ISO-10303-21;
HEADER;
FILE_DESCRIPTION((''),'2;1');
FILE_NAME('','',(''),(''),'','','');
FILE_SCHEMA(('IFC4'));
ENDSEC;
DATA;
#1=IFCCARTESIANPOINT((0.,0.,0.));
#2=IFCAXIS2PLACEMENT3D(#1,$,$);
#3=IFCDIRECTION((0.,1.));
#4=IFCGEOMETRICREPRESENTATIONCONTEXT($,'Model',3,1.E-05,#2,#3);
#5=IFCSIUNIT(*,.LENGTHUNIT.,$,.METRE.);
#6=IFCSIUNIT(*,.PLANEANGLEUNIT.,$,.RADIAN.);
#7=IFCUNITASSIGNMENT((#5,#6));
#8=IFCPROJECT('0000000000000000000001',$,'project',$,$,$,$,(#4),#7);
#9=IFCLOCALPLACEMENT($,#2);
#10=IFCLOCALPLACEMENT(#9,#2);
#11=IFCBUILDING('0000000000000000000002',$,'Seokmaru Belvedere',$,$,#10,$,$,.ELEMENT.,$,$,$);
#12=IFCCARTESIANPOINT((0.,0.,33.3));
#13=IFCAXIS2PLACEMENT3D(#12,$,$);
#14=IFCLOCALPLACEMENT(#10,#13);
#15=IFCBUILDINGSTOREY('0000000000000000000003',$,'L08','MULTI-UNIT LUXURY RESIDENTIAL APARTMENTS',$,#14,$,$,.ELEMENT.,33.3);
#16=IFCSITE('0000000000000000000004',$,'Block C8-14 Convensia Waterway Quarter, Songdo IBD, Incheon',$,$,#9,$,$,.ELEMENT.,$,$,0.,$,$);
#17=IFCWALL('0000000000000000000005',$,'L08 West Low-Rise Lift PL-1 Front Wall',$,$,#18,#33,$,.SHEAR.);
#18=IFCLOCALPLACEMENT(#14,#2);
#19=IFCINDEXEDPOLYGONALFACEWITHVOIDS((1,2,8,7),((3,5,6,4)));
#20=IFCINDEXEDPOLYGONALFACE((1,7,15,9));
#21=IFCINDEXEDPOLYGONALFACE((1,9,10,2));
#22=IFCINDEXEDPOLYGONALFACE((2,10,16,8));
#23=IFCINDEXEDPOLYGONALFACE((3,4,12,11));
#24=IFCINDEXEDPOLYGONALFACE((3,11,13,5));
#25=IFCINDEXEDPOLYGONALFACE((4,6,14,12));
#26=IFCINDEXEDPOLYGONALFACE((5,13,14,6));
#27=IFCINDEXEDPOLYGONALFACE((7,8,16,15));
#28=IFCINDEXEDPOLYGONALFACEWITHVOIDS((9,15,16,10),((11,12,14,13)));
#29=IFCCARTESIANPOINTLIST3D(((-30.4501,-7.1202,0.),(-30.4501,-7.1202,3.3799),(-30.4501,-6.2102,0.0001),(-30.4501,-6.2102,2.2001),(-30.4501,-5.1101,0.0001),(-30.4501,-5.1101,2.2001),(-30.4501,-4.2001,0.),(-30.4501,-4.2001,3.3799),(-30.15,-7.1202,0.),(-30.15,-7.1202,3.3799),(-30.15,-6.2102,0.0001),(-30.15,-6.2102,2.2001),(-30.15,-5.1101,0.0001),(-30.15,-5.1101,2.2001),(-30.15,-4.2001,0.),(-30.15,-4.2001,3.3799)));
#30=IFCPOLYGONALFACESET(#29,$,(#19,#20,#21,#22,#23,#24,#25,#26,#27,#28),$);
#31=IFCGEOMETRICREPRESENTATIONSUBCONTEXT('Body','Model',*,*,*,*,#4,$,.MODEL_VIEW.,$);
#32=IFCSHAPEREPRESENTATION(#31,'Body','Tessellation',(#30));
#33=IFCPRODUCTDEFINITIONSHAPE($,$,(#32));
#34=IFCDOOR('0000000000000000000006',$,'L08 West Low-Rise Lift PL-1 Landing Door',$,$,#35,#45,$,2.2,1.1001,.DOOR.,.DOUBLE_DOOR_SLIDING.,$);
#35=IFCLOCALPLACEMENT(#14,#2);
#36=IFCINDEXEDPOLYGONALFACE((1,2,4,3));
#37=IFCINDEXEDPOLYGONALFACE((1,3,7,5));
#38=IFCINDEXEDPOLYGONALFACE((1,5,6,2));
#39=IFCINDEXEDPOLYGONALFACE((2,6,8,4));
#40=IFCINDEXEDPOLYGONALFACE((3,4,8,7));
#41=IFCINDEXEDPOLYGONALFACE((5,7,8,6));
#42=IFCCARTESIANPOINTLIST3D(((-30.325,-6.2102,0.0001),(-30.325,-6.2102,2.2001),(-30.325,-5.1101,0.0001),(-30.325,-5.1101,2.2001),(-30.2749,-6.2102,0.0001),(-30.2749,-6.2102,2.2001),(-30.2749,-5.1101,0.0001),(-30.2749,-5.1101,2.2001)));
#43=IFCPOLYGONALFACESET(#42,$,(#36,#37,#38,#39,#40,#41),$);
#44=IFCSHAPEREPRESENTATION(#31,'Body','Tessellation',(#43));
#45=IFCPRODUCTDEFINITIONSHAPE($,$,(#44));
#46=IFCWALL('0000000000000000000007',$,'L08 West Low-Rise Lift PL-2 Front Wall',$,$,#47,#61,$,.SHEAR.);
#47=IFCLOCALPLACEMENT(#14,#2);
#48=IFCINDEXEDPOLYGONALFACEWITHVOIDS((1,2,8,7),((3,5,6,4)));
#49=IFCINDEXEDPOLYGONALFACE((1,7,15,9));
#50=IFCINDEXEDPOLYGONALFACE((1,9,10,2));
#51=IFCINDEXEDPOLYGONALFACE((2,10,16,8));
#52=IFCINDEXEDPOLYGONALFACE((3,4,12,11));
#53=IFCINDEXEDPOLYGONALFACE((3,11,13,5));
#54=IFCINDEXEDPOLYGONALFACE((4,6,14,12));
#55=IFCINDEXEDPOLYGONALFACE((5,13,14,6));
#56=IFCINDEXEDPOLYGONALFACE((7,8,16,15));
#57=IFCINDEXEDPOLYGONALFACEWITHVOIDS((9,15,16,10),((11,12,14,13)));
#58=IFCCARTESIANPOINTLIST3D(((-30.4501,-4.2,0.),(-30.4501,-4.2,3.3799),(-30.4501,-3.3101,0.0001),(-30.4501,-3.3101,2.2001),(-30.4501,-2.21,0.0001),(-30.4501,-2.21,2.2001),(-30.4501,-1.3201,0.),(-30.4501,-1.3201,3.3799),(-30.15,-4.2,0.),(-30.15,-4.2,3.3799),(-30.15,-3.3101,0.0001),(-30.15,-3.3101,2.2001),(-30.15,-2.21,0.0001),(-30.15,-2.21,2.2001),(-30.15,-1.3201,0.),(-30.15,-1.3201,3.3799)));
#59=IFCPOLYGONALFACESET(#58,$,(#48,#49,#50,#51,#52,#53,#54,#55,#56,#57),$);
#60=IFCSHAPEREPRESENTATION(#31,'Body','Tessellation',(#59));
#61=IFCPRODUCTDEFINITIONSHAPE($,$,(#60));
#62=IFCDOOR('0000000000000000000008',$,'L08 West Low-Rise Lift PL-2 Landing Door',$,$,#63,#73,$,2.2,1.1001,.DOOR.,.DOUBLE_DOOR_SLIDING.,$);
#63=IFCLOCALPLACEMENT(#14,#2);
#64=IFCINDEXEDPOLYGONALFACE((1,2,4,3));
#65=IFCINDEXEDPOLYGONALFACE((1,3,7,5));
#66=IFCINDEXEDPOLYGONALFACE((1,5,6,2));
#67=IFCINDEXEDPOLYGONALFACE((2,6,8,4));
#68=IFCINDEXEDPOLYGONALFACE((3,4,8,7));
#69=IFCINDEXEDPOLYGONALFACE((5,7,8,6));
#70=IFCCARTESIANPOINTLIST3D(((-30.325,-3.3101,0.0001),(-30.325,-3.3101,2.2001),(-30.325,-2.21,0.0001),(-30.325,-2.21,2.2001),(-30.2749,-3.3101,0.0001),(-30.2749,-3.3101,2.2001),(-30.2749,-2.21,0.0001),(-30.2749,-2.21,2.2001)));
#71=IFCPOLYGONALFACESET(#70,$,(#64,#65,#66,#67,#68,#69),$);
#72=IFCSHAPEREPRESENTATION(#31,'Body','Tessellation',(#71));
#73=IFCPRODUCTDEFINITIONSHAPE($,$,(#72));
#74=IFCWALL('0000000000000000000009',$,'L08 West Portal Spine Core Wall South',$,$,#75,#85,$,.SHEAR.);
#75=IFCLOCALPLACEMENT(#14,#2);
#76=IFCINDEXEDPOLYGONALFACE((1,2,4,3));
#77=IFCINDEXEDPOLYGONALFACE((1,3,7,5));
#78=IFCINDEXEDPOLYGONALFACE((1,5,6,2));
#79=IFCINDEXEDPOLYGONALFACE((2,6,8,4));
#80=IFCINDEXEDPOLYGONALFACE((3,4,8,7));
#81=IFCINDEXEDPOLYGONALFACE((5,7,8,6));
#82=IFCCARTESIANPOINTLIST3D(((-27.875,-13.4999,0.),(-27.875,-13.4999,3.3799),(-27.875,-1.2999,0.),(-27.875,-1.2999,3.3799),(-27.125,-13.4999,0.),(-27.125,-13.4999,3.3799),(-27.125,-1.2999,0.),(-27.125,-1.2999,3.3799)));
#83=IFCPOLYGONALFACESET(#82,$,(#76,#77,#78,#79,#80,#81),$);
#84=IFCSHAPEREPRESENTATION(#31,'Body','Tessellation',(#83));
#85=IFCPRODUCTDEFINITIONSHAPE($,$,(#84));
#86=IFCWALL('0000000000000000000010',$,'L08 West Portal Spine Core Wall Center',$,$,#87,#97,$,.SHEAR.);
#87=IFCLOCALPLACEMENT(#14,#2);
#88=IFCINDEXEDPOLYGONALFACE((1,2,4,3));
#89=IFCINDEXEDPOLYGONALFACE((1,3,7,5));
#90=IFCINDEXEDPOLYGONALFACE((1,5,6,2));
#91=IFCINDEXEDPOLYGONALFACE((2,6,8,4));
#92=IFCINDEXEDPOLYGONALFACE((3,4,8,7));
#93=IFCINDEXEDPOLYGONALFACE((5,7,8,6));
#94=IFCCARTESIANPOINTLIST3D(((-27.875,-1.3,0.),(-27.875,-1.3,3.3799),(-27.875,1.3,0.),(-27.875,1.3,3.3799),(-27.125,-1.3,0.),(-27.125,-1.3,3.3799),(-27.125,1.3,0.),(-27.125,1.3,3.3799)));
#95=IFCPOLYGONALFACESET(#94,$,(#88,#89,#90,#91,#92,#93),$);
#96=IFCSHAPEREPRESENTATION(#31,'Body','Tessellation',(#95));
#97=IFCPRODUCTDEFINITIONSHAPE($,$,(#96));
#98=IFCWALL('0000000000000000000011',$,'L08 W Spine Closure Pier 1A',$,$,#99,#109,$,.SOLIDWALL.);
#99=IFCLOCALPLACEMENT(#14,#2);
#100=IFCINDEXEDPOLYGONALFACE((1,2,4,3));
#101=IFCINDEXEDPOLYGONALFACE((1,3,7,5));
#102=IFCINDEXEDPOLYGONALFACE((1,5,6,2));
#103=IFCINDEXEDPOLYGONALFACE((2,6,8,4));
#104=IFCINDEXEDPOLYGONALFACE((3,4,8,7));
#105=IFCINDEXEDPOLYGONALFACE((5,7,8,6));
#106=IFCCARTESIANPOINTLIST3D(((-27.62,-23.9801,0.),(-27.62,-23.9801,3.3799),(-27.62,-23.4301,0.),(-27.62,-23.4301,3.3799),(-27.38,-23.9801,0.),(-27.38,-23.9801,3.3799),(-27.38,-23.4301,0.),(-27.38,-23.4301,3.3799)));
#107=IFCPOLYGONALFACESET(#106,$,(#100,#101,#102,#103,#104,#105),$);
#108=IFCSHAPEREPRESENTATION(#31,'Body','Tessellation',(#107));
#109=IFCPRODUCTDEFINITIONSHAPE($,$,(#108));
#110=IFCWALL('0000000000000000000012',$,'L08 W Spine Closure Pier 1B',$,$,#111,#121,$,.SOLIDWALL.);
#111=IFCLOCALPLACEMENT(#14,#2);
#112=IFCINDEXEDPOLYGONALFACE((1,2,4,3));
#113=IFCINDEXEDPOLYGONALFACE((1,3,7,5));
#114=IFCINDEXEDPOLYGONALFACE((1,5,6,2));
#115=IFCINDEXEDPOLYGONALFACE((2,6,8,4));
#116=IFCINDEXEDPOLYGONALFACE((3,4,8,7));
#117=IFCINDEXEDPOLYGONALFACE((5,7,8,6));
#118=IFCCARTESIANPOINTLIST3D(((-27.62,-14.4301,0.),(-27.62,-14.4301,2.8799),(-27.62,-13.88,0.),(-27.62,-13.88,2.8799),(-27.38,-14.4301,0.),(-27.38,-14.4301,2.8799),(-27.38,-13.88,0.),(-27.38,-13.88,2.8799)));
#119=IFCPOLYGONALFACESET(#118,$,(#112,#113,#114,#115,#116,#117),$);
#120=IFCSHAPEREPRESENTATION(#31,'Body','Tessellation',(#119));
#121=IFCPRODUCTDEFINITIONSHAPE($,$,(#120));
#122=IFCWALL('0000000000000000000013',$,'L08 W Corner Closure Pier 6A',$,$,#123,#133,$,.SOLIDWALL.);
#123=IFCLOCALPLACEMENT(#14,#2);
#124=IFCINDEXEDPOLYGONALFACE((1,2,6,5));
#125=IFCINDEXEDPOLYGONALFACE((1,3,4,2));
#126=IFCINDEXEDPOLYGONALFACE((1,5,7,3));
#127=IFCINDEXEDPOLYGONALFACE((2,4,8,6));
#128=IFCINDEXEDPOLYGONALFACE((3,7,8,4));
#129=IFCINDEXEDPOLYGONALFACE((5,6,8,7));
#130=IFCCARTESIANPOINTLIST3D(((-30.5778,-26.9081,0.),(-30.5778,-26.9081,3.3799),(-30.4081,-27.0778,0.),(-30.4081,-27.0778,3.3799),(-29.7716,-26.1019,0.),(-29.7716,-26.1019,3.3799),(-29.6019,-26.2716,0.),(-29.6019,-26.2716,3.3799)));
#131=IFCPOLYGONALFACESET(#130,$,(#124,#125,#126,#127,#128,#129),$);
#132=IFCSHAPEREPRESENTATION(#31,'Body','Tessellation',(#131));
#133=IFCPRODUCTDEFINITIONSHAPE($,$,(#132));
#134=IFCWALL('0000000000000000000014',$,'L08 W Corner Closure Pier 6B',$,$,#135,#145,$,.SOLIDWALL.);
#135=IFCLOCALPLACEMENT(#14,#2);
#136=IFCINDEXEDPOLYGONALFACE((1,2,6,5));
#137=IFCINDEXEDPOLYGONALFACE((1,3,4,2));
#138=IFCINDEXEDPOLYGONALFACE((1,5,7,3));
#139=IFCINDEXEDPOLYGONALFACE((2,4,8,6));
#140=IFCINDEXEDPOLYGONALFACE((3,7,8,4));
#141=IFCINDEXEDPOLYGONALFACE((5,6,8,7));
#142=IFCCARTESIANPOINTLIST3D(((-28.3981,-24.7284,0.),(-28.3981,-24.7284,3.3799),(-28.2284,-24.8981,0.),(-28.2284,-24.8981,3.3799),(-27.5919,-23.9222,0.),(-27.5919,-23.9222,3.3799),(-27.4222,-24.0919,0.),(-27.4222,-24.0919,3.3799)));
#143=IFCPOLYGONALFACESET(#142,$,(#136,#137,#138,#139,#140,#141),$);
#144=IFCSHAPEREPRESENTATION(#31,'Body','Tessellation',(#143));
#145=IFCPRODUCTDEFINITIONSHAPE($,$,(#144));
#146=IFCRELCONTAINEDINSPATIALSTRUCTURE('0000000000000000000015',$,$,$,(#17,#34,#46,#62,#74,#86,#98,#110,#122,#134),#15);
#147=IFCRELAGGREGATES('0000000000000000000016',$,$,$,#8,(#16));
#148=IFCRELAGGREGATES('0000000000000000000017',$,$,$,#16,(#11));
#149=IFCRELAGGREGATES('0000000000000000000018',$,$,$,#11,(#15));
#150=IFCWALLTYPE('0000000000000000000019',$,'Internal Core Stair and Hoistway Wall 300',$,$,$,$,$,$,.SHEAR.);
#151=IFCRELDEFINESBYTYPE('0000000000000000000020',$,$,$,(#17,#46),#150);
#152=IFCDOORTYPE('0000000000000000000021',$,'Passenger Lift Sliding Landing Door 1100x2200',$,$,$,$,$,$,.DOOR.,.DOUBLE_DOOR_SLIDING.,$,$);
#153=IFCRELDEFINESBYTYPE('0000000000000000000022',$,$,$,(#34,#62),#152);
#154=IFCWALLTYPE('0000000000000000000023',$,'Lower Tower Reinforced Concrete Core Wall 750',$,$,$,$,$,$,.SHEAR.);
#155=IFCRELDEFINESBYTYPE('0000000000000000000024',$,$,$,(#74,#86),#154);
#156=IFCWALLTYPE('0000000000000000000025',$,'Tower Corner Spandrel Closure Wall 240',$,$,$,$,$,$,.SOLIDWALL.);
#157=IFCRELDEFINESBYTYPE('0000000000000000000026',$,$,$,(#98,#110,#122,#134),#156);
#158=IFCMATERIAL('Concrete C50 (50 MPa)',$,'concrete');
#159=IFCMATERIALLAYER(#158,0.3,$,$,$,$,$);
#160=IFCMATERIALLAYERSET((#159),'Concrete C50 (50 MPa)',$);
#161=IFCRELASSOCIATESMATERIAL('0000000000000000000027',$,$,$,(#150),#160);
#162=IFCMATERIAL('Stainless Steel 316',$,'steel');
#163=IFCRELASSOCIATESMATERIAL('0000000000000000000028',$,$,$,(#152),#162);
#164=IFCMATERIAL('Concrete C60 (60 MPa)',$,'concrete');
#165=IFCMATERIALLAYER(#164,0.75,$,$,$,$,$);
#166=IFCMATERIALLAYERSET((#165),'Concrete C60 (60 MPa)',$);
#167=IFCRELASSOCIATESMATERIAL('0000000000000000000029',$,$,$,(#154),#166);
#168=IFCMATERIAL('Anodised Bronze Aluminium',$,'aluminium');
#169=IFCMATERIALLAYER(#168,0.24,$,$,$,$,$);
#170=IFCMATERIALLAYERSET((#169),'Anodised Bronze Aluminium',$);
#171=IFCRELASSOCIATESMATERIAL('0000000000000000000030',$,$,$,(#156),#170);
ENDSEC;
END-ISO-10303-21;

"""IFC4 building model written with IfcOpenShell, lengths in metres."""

from ifc_helpers import new_model, si_unit, direction, frame, frame_2d, origin, place, context, subcontext, project, spatial, rectangle, extrude, source, transform, mapped, material, layer, layer_set, type_object, type_shapes, element, fill, save


model = new_model("IFC4")

# Units and contexts
model_context = context("Model", 3, precision=1e-05, world=origin(), true_north=direction((0.0, 1.0)))
body_context = subcontext(model_context, "Body", "Model", "MODEL_VIEW")
ifc_project = project(units=[si_unit("LENGTHUNIT", "METRE"), si_unit("PLANEANGLEUNIT", "RADIAN")], contexts=[model_context])

# Site, building, storey
site_placement = place(None, origin())
site = spatial("IfcSite", under=ifc_project, at=site_placement, Name="Block C8-14 Convensia Waterway Quarter, Songdo IBD, Incheon", CompositionType="ELEMENT", RefElevation=0.0)
building_placement = place(site_placement, origin())
building = spatial("IfcBuilding", under=site, at=building_placement, Name="Seokmaru Belvedere", CompositionType="ELEMENT")
storey_placement = place(building_placement, frame((0.0, 0.0, 33.3)))
storey = spatial("IfcBuildingStorey", under=building, at=storey_placement, Name="L08", Description="MULTI-UNIT LUXURY RESIDENTIAL APARTMENTS", CompositionType="ELEMENT", Elevation=33.3)

# Shared definitions
ifc_material_1 = material(Name="Anodised Bronze Aluminium", Category="aluminium")

# Shared definitions
ifc_material_2 = material(Name="Concrete C50 (50 MPa)", Category="concrete")

# Walls, openings, doors
ifc_layer_1 = layer(ifc_material_2, 0.3)
ifc_layer_set_1 = layer_set([ifc_layer_1], Name="Concrete C50 (50 MPa)")
wall_type_1 = type_object("IfcWallType", Name="Internal Core Stair and Hoistway Wall 300", PredefinedType="SHEAR", material=ifc_layer_set_1)
ifc_material_3 = material(Name="Stainless Steel 316", Category="steel")
wall_1_placement = place(storey_placement, frame((-30.3, -7.1201, 0.0), z_axis=(0.0, 0.0, 1.0), x_axis=(0.0, 1.0, 0.0)))
wall_1 = element("IfcWall", 1, at=wall_1_placement, inside=storey, type_object=wall_type_1, Name="L08 West Low-Rise Lift PL-1 Front Wall", PredefinedType="SHEAR", context=body_context, shape_type="SweptSolid", body=[
    extrude(rectangle(XDim=2.9202, YDim=0.3, at=frame_2d((1.46, 0.0))), origin(), (0.0, 0.0, 1.0), 3.3799),
])
opening_1_placement = place(wall_1_placement, frame((0.9099, 0.0, 0.0)))
opening_1 = element("IfcOpeningElement", 2, at=opening_1_placement, cuts=wall_1, PredefinedType="OPENING", context=body_context, shape_type="SweptSolid", body=[
    extrude(rectangle(XDim=1.1001, YDim=2.2, at=frame_2d((0.55, 1.1001))), frame((0.0, 0.1602, 0.0), z_axis=(0.0, -1.0, 0.0), x_axis=(1.0, 0.0, 0.0)), (0.0, 0.0, 1.0), 0.3201),
])
door_type_1 = type_object("IfcDoorType", Name="Passenger Lift Sliding Landing Door 1100x2200", OperationType="DOUBLE_DOOR_SLIDING", PredefinedType="DOOR", material=ifc_material_3)
shared_shape_1 = source(origin(), body_context, "Body", "SweptSolid", [
    extrude(rectangle(XDim=1.1001, YDim=2.2, at=frame_2d((0.55, 1.1001))), frame((0.0, 0.0249, 0.0), z_axis=(0.0, -1.0, 0.0), x_axis=(1.0, 0.0, 0.0)), (0.0, 0.0, 1.0), 0.05),
])
type_shapes(door_type_1, [shared_shape_1])
door_1_placement = place(opening_1_placement, origin())
door_1 = element("IfcDoor", 3, at=door_1_placement, inside=storey, type_object=door_type_1, Name="L08 West Low-Rise Lift PL-1 Landing Door", OperationType="DOUBLE_DOOR_SLIDING", OverallHeight=2.2, OverallWidth=1.1001, PredefinedType="DOOR", context=body_context, shape_type="MappedRepresentation", body=[
    mapped(shared_shape_1, transform((0.0, 0.0, 0.0), scale=1.0)),
])
fill(opening_1, door_1)
wall_2_placement = place(storey_placement, frame((-30.3, -4.2, 0.0), z_axis=(0.0, 0.0, 1.0), x_axis=(0.0, 1.0, 0.0)))
wall_2 = element("IfcWall", 4, at=wall_2_placement, inside=storey, type_object=wall_type_1, Name="L08 West Low-Rise Lift PL-2 Front Wall", PredefinedType="SHEAR", context=body_context, shape_type="SweptSolid", body=[
    extrude(rectangle(XDim=2.8799, YDim=0.3, at=frame_2d((1.4399, 0.0))), origin(), (0.0, 0.0, 1.0), 3.3799),
])
opening_2_placement = place(wall_2_placement, frame((0.8899, 0.0, 0.0)))
opening_2 = element("IfcOpeningElement", 5, at=opening_2_placement, cuts=wall_2, PredefinedType="OPENING", context=body_context, shape_type="SweptSolid", body=[
    extrude(rectangle(XDim=1.1001, YDim=2.2, at=frame_2d((0.55, 1.1001))), frame((0.0, 0.1602, 0.0), z_axis=(0.0, -1.0, 0.0), x_axis=(1.0, 0.0, 0.0)), (0.0, 0.0, 1.0), 0.3201),
])
door_2_placement = place(opening_2_placement, origin())
door_2 = element("IfcDoor", 6, at=door_2_placement, inside=storey, type_object=door_type_1, Name="L08 West Low-Rise Lift PL-2 Landing Door", OperationType="DOUBLE_DOOR_SLIDING", OverallHeight=2.2, OverallWidth=1.1001, PredefinedType="DOOR", context=body_context, shape_type="MappedRepresentation", body=[
    mapped(shared_shape_1, transform((0.0, 0.0, 0.0), scale=1.0)),
])
fill(opening_2, door_2)

# Walls
ifc_material_4 = material(Name="Concrete C60 (60 MPa)", Category="concrete")
ifc_layer_2 = layer(ifc_material_4, 0.75)
ifc_layer_set_2 = layer_set([ifc_layer_2], Name="Concrete C60 (60 MPa)")
wall_type_2 = type_object("IfcWallType", Name="Lower Tower Reinforced Concrete Core Wall 750", PredefinedType="SHEAR", material=ifc_layer_set_2)
wall_3_placement = place(storey_placement, frame((-27.5, -13.5, 0.0), z_axis=(0.0, 0.0, 1.0), x_axis=(0.0, 1.0, 0.0)))
element("IfcWall", 7, at=wall_3_placement, inside=storey, type_object=wall_type_2, Name="L08 West Portal Spine Core Wall South", PredefinedType="SHEAR", context=body_context, shape_type="SweptSolid", body=[
    extrude(rectangle(XDim=12.2, YDim=0.75, at=frame_2d((6.1001, 0.0))), origin(), (0.0, 0.0, 1.0), 3.3799),
])
wall_4_placement = place(storey_placement, frame((-27.5, -1.3, 0.0), z_axis=(0.0, 0.0, 1.0), x_axis=(0.0, 1.0, 0.0)))
element("IfcWall", 8, at=wall_4_placement, inside=storey, type_object=wall_type_2, Name="L08 West Portal Spine Core Wall Center", PredefinedType="SHEAR", context=body_context, shape_type="SweptSolid", body=[
    extrude(rectangle(XDim=2.6001, YDim=0.75, at=frame_2d((1.3, 0.0))), origin(), (0.0, 0.0, 1.0), 3.3799),
])
ifc_layer_3 = layer(ifc_material_1, 0.24)
ifc_layer_set_3 = layer_set([ifc_layer_3], Name="Anodised Bronze Aluminium")
wall_type_3 = type_object("IfcWallType", Name="Tower Corner Spandrel Closure Wall 240", PredefinedType="SOLIDWALL", material=ifc_layer_set_3)
wall_5_placement = place(storey_placement, frame((-27.5, -23.98, 0.0), z_axis=(0.0, 0.0, 1.0), x_axis=(0.0, 1.0, 0.0)))
element("IfcWall", 9, at=wall_5_placement, inside=storey, type_object=wall_type_3, Name="L08 W Spine Closure Pier 1A", PredefinedType="SOLIDWALL", context=body_context, shape_type="SweptSolid", body=[
    extrude(rectangle(XDim=0.55, YDim=0.24, at=frame_2d((0.2749, 0.0))), origin(), (0.0, 0.0, 1.0), 3.3799),
])
wall_6_placement = place(storey_placement, frame((-27.5, -14.4299, 0.0), z_axis=(0.0, 0.0, 1.0), x_axis=(0.0, 1.0, 0.0)))
element("IfcWall", 10, at=wall_6_placement, inside=storey, type_object=wall_type_3, Name="L08 W Spine Closure Pier 1B", PredefinedType="SOLIDWALL", context=body_context, shape_type="SweptSolid", body=[
    extrude(rectangle(XDim=0.55, YDim=0.24, at=frame_2d((0.2749, 0.0))), origin(), (0.0, 0.0, 1.0), 2.8799),
])
for number, where, z_axis, x_axis, name in (
    (11, (-30.4929, -26.9929, 0.0), (0.0, 0.0, 1.0), (0.707107, 0.707107, 0.0), "L08 W Corner Closure Pier 6A"),
    (12, (-28.3132, -24.8132, 0.0), (0.0, 0.0, 1.0), (0.707107, 0.707107, 0.0), "L08 W Corner Closure Pier 6B"),
):
    element("IfcWall", number, at=place(storey_placement, frame(where, z_axis=z_axis, x_axis=x_axis)), inside=storey, type_object=wall_type_3, Name=name, PredefinedType="SOLIDWALL", context=body_context, shape_type="SweptSolid", body=[
        extrude(rectangle(XDim=1.1401, YDim=0.24, at=frame_2d((0.5701, 0.0))), origin(), (0.0, 0.0, 1.0), 3.3799),
    ])

save(model, "model.ifc")
